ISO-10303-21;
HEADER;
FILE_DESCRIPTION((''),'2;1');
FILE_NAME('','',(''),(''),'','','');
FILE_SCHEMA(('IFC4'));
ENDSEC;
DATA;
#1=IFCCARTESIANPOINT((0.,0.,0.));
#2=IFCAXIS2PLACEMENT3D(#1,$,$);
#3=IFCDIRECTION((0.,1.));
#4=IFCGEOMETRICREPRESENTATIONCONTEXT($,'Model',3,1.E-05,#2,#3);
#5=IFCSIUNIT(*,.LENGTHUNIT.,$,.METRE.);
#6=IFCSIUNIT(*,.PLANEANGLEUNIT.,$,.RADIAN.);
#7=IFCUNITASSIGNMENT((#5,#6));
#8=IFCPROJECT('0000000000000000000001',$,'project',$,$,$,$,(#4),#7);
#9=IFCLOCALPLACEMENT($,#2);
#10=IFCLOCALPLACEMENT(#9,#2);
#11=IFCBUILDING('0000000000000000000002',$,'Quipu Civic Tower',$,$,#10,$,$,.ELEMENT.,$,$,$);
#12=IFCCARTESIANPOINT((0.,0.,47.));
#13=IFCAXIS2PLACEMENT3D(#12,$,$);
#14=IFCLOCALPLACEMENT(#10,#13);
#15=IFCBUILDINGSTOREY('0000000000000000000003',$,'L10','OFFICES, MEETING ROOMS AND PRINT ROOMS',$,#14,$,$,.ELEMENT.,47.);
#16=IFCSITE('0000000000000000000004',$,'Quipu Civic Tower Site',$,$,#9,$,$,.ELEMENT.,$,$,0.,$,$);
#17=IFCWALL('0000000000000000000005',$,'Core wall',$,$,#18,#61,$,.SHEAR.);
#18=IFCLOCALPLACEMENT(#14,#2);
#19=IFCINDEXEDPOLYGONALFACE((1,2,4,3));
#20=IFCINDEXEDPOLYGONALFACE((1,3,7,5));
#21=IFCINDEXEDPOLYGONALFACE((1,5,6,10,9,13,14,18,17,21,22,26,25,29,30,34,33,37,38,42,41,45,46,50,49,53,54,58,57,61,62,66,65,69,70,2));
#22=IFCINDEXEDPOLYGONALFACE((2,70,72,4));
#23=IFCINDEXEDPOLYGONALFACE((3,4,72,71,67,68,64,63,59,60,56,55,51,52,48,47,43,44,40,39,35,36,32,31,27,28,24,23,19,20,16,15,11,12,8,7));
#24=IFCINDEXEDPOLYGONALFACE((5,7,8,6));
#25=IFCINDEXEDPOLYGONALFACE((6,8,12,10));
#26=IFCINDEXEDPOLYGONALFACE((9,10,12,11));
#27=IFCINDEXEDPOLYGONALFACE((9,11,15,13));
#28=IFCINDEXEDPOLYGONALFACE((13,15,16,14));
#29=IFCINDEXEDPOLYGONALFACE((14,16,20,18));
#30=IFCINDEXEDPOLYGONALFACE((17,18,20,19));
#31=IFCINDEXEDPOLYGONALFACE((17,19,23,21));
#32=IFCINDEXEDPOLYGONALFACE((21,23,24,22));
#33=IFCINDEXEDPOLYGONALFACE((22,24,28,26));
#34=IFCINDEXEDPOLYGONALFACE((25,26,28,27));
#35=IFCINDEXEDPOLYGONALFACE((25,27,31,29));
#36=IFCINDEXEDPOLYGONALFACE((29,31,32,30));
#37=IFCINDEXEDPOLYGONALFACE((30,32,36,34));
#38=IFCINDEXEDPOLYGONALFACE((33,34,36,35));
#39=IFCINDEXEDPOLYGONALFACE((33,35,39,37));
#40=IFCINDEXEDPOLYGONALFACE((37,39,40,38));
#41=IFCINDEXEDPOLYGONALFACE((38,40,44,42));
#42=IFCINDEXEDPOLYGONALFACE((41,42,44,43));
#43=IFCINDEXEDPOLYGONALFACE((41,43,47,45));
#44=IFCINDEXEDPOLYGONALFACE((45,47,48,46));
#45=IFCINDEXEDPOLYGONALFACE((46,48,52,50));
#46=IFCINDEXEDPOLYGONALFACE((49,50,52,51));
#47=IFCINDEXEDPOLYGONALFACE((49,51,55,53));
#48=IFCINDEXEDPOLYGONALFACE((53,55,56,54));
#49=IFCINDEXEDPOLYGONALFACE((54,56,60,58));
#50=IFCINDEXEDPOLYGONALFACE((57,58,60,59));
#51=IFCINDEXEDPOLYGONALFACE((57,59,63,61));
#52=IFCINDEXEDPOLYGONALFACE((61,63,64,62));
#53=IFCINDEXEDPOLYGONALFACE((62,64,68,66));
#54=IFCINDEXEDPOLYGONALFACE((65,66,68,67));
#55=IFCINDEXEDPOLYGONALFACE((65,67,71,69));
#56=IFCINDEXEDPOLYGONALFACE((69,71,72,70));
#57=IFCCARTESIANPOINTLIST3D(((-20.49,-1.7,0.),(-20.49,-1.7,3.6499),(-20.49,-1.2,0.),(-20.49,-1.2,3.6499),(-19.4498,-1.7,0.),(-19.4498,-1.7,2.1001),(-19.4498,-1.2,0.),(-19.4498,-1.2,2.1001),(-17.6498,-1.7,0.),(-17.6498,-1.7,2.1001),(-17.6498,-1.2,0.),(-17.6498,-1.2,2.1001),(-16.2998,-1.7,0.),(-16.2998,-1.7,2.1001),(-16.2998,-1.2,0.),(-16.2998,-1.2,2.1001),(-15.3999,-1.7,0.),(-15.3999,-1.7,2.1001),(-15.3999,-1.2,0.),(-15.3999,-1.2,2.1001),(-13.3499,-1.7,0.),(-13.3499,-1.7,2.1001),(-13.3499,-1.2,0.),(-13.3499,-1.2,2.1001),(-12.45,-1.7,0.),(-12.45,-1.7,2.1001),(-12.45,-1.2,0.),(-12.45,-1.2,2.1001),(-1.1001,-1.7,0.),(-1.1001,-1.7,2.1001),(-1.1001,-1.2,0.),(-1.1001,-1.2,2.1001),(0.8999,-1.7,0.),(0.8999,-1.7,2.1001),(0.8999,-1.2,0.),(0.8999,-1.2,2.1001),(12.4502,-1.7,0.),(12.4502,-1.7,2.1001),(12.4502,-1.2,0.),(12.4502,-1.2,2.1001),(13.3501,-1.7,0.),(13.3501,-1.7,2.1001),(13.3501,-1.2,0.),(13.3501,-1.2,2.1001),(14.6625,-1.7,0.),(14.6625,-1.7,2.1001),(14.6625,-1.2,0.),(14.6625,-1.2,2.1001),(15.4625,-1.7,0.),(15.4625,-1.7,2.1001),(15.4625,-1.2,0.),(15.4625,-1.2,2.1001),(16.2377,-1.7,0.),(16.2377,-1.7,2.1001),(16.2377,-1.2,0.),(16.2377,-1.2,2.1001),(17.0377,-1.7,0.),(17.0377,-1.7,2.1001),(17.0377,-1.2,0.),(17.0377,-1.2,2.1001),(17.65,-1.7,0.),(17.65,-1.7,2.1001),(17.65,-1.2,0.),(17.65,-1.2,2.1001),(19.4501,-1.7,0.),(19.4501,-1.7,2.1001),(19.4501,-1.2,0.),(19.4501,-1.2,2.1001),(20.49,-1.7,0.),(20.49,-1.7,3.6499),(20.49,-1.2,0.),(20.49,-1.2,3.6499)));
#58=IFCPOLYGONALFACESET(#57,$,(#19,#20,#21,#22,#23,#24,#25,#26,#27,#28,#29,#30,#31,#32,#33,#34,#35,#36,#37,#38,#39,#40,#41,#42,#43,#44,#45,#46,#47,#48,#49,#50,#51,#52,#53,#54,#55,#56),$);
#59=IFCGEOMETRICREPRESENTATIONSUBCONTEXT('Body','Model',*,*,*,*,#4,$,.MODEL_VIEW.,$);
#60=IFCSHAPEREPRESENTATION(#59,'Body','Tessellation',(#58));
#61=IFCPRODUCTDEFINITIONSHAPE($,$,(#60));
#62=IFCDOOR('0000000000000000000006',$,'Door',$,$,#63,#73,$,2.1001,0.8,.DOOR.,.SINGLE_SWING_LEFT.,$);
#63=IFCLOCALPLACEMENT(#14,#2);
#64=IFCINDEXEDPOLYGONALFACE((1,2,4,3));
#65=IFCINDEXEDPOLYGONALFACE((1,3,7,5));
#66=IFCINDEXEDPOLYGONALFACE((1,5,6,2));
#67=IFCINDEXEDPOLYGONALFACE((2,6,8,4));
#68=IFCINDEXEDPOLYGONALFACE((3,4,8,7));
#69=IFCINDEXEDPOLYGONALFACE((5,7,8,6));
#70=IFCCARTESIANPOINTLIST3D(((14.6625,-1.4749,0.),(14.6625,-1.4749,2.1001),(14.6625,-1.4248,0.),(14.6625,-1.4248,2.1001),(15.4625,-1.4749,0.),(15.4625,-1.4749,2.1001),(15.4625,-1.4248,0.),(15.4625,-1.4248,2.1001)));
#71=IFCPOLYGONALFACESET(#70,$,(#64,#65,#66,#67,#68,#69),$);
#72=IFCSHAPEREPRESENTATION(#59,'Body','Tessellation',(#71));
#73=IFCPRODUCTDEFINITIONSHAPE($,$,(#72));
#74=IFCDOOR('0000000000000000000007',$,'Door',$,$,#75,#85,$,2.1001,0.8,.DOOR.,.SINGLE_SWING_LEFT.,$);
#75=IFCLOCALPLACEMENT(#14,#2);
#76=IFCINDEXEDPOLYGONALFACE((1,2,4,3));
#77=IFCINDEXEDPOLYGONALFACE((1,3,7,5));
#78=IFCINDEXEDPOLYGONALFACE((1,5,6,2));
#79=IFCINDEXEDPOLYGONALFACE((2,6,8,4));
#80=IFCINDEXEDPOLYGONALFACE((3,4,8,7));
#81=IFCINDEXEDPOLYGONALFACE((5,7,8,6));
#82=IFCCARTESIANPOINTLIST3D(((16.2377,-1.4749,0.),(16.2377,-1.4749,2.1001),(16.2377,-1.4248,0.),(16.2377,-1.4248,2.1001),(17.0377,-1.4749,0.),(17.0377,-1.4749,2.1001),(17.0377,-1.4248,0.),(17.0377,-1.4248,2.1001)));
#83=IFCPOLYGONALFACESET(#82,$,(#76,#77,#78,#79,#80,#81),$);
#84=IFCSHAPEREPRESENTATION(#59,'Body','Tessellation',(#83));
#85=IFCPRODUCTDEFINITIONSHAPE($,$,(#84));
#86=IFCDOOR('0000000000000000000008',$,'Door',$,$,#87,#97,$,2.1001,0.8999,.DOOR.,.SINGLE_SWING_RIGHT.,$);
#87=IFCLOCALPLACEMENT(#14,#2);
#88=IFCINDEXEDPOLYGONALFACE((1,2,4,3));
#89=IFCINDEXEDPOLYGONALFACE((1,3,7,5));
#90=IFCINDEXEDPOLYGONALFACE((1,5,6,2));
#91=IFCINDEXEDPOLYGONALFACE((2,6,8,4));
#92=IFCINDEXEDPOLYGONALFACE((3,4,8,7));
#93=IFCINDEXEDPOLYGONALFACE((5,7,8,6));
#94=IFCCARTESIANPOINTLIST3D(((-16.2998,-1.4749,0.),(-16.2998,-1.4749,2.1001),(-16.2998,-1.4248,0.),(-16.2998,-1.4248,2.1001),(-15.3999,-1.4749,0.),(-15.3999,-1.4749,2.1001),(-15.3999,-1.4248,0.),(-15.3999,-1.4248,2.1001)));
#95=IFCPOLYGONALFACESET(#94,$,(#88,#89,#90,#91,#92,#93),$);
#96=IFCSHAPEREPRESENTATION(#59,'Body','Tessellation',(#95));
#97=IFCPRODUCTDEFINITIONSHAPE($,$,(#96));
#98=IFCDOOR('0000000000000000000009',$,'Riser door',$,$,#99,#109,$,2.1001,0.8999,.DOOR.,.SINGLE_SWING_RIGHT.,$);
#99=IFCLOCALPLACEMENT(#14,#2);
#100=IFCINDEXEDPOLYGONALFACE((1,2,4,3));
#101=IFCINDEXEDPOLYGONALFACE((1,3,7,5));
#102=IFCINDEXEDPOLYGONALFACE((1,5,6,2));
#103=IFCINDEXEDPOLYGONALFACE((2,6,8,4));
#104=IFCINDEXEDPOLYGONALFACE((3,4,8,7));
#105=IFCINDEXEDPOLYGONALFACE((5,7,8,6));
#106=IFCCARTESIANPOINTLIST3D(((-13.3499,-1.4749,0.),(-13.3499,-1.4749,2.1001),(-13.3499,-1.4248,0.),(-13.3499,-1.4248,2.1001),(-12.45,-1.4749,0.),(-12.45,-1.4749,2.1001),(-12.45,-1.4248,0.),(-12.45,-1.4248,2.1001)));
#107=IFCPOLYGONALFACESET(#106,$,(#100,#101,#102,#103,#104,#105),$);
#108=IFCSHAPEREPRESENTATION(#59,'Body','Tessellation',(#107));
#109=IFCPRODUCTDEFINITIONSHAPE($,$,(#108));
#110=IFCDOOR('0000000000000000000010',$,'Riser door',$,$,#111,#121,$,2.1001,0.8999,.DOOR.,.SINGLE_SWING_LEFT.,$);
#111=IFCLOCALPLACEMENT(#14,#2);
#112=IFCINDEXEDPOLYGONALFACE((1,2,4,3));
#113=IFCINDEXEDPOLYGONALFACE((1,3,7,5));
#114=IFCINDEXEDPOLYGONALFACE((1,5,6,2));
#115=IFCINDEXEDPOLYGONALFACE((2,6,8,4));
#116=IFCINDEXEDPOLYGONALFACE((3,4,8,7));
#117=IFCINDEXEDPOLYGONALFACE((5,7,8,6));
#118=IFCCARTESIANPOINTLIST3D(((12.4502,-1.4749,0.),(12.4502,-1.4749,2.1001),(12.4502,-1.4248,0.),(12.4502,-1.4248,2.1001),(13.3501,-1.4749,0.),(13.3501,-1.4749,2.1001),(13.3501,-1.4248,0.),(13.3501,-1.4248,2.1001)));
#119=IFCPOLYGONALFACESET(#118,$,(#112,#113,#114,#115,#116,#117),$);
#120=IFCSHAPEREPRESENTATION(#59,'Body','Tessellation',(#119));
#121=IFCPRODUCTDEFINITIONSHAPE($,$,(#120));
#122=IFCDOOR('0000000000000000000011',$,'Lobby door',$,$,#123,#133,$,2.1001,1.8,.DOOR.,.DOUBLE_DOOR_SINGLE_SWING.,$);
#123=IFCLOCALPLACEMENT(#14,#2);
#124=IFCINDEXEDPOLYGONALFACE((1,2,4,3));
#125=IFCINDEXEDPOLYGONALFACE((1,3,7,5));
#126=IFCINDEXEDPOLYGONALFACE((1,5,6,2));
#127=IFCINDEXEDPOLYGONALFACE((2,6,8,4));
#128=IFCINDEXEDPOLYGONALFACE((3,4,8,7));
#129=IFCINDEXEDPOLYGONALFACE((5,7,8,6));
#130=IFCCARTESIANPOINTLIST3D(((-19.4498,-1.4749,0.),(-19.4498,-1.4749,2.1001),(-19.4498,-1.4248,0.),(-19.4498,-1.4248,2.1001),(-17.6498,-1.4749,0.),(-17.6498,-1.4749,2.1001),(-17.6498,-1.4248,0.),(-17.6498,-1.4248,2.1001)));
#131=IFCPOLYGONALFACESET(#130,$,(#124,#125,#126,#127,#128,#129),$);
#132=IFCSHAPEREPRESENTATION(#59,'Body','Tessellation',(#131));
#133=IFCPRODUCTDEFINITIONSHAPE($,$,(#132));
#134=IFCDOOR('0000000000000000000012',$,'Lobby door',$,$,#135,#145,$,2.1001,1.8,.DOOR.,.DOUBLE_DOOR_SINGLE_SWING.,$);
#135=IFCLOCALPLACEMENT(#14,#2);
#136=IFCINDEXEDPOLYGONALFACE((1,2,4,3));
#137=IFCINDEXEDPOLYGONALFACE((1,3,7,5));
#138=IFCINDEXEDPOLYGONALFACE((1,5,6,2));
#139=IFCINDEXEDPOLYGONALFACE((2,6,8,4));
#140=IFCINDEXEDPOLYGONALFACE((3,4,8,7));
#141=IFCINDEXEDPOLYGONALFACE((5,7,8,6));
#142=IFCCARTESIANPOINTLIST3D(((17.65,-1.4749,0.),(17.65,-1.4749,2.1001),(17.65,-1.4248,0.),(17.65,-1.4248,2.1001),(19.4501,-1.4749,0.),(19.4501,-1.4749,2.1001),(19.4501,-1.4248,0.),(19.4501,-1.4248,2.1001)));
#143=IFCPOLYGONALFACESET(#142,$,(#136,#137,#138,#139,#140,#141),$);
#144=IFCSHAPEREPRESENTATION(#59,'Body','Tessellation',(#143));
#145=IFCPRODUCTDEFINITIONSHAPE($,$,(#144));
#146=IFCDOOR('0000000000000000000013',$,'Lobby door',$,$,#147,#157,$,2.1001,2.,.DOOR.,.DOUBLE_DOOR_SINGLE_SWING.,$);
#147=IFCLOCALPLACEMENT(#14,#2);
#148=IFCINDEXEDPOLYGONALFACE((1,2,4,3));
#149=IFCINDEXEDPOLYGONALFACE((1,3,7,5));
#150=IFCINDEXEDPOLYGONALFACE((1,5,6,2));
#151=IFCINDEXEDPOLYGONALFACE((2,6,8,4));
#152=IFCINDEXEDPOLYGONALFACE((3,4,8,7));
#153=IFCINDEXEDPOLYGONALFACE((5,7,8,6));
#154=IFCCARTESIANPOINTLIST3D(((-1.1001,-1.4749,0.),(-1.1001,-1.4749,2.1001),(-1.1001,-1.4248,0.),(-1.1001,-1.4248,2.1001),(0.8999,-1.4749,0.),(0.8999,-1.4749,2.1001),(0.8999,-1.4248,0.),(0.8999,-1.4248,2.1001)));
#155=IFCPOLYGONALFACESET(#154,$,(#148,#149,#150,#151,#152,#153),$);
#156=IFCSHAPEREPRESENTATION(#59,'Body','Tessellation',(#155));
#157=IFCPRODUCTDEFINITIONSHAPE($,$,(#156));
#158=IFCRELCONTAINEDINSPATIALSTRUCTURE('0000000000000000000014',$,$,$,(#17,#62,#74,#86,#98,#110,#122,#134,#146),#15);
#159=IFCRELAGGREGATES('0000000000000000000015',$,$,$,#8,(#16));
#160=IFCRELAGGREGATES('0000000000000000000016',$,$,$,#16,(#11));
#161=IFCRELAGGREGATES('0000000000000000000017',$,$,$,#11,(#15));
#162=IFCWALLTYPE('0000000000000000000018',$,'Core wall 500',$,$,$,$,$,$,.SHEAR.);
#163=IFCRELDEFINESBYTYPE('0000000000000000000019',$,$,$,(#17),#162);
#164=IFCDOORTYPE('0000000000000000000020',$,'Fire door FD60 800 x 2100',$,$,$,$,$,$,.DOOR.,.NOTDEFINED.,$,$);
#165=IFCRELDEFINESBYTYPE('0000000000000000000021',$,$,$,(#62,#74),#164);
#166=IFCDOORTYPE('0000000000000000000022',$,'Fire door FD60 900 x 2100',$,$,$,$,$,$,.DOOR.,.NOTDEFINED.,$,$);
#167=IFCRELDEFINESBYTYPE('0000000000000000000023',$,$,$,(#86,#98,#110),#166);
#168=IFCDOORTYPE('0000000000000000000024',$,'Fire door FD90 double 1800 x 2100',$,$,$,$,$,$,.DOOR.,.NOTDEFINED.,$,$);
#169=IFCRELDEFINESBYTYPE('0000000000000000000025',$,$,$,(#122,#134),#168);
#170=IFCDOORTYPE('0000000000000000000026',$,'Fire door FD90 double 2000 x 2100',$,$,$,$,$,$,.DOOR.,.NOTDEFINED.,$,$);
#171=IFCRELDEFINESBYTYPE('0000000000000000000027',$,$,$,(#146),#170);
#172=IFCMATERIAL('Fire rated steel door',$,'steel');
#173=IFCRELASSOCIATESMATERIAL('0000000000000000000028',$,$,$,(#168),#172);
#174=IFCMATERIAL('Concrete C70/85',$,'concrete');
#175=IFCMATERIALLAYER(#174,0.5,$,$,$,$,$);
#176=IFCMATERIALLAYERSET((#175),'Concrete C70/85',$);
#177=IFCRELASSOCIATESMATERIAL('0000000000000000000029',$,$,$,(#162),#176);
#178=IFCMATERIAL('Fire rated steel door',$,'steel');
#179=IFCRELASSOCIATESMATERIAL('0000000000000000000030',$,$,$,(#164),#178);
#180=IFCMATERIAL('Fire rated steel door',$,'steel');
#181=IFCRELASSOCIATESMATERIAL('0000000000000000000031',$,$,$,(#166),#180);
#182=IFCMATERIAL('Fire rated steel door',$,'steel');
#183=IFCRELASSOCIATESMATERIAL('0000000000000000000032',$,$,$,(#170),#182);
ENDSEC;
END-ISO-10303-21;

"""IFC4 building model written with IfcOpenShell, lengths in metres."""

from ifc_helpers import new_model, si_unit, direction, frame, frame_2d, origin, place, context, subcontext, project, spatial, rectangle, extrude, material, layer, layer_set, type_object, element, fill, save


model = new_model("IFC4")

# Units and contexts
model_context = context("Model", 3, precision=1e-05, world=origin(), true_north=direction((0.0, 1.0)))
body_context = subcontext(model_context, "Body", "Model", "MODEL_VIEW")
ifc_project = project(units=[si_unit("LENGTHUNIT", "METRE"), si_unit("PLANEANGLEUNIT", "RADIAN")], contexts=[model_context])

# Site, building, storey
site_placement = place(None, origin())
site = spatial("IfcSite", under=ifc_project, at=site_placement, Name="Quipu Civic Tower Site", CompositionType="ELEMENT", RefElevation=0.0)
building_placement = place(site_placement, origin())
building = spatial("IfcBuilding", under=site, at=building_placement, Name="Quipu Civic Tower", CompositionType="ELEMENT")
storey_placement = place(building_placement, frame((0.0, 0.0, 47.0)))
storey = spatial("IfcBuildingStorey", under=building, at=storey_placement, Name="L10", Description="OFFICES, MEETING ROOMS AND PRINT ROOMS", CompositionType="ELEMENT", Elevation=47.0)

# Shared definitions
ifc_material_1 = material(Name="Fire rated steel door", Category="steel")
door_type_1 = type_object("IfcDoorType", Name="Fire door FD90 double 1800 x 2100", OperationType="NOTDEFINED", PredefinedType="DOOR", material=ifc_material_1)

# Wall, openings, doors
ifc_material_2 = material(Name="Concrete C70/85", Category="concrete")
ifc_layer_1 = layer(ifc_material_2, 0.5)
ifc_layer_set_1 = layer_set([ifc_layer_1], Name="Concrete C70/85")
wall_type_1 = type_object("IfcWallType", Name="Core wall 500", PredefinedType="SHEAR", material=ifc_layer_set_1)
wall_1_placement = place(storey_placement, frame((20.49, -1.45, 0.0), z_axis=(0.0, 0.0, 1.0), x_axis=(-1.0, 0.0, 0.0)))
wall_1 = element("IfcWall", 1, at=wall_1_placement, inside=storey, type_object=wall_type_1, Name="Core wall", PredefinedType="SHEAR", context=body_context, shape_type="SweptSolid", body=[
    extrude(rectangle(XDim=40.98, YDim=0.5, at=frame_2d((20.49, 0.0))), origin(), (0.0, 0.0, 1.0), 3.6499),
])
opening_1_placement = place(wall_1_placement, frame((38.1399, 0.0, 0.0)))
opening_1 = element("IfcOpeningElement", 2, at=opening_1_placement, cuts=wall_1, PredefinedType="OPENING", context=body_context, shape_type="SweptSolid", body=[
    extrude(rectangle(XDim=1.8, YDim=2.1001, at=frame_2d((0.8999, 1.05))), frame((0.0, 0.26, 0.0), z_axis=(0.0, -1.0, 0.0), x_axis=(1.0, 0.0, 0.0)), (0.0, 0.0, 1.0), 0.52),
])
opening_2_placement = place(wall_1_placement, frame((35.8899, 0.0, 0.0)))
opening_2 = element("IfcOpeningElement", 3, at=opening_2_placement, cuts=wall_1, PredefinedType="OPENING", context=body_context, shape_type="SweptSolid", body=[
    extrude(rectangle(XDim=0.8999, YDim=2.1001, at=frame_2d((0.45, 1.05))), frame((0.0, 0.26, 0.0), z_axis=(0.0, -1.0, 0.0), x_axis=(1.0, 0.0, 0.0)), (0.0, 0.0, 1.0), 0.52),
])
opening_3_placement = place(wall_1_placement, frame((32.9399, 0.0, 0.0)))
opening_3 = element("IfcOpeningElement", 4, at=opening_3_placement, cuts=wall_1, PredefinedType="OPENING", context=body_context, shape_type="SweptSolid", body=[
    extrude(rectangle(XDim=0.8999, YDim=2.1001, at=frame_2d((0.45, 1.05))), frame((0.0, 0.26, 0.0), z_axis=(0.0, -1.0, 0.0), x_axis=(1.0, 0.0, 0.0)), (0.0, 0.0, 1.0), 0.52),
])
opening_4_placement = place(wall_1_placement, frame((19.5901, 0.0, 0.0)))
opening_4 = element("IfcOpeningElement", 5, at=opening_4_placement, cuts=wall_1, PredefinedType="OPENING", context=body_context, shape_type="SweptSolid", body=[
    extrude(rectangle(XDim=2.0, YDim=2.1001, at=frame_2d((1.0, 1.05))), frame((0.0, 0.26, 0.0), z_axis=(0.0, -1.0, 0.0), x_axis=(1.0, 0.0, 0.0)), (0.0, 0.0, 1.0), 0.52),
])
opening_5_placement = place(wall_1_placement, frame((7.1399, 0.0, 0.0)))
opening_5 = element("IfcOpeningElement", 6, at=opening_5_placement, cuts=wall_1, PredefinedType="OPENING", context=body_context, shape_type="SweptSolid", body=[
    extrude(rectangle(XDim=0.8999, YDim=2.1001, at=frame_2d((0.45, 1.05))), frame((0.0, 0.26, 0.0), z_axis=(0.0, -1.0, 0.0), x_axis=(1.0, 0.0, 0.0)), (0.0, 0.0, 1.0), 0.52),
])
opening_6_placement = place(wall_1_placement, frame((5.0276, 0.0, 0.0)))
opening_6 = element("IfcOpeningElement", 7, at=opening_6_placement, cuts=wall_1, PredefinedType="OPENING", context=body_context, shape_type="SweptSolid", body=[
    extrude(rectangle(XDim=0.8, YDim=2.1001, at=frame_2d((0.3999, 1.05))), frame((0.0, 0.26, 0.0), z_axis=(0.0, -1.0, 0.0), x_axis=(1.0, 0.0, 0.0)), (0.0, 0.0, 1.0), 0.52),
])
opening_7_placement = place(wall_1_placement, frame((3.4524, 0.0, 0.0)))
opening_7 = element("IfcOpeningElement", 8, at=opening_7_placement, cuts=wall_1, PredefinedType="OPENING", context=body_context, shape_type="SweptSolid", body=[
    extrude(rectangle(XDim=0.8, YDim=2.1001, at=frame_2d((0.3999, 1.05))), frame((0.0, 0.26, 0.0), z_axis=(0.0, -1.0, 0.0), x_axis=(1.0, 0.0, 0.0)), (0.0, 0.0, 1.0), 0.52),
])
opening_8_placement = place(wall_1_placement, frame((1.04, 0.0, 0.0)))
opening_8 = element("IfcOpeningElement", 9, at=opening_8_placement, cuts=wall_1, PredefinedType="OPENING", context=body_context, shape_type="SweptSolid", body=[
    extrude(rectangle(XDim=1.8, YDim=2.1001, at=frame_2d((0.8999, 1.05))), frame((0.0, 0.26, 0.0), z_axis=(0.0, -1.0, 0.0), x_axis=(1.0, 0.0, 0.0)), (0.0, 0.0, 1.0), 0.52),
])
ifc_material_3 = material(Name="Fire rated steel door", Category="steel")
door_type_2 = type_object("IfcDoorType", Name="Fire door FD60 800 x 2100", OperationType="NOTDEFINED", PredefinedType="DOOR", material=ifc_material_3)
door_1_placement = place(opening_6_placement, origin())
door_1 = element("IfcDoor", 10, at=door_1_placement, inside=storey, type_object=door_type_2, Name="Door", OperationType="SINGLE_SWING_LEFT", OverallHeight=2.1001, OverallWidth=0.8, PredefinedType="DOOR", context=body_context, shape_type="SweptSolid", body=[
    extrude(rectangle(XDim=0.8, YDim=2.1001, at=frame_2d((0.3999, 1.05))), frame((0.0, 0.0249, 0.0), z_axis=(0.0, -1.0, 0.0), x_axis=(1.0, 0.0, 0.0)), (0.0, 0.0, 1.0), 0.05),
])
fill(opening_6, door_1)
door_2_placement = place(opening_7_placement, origin())
door_2 = element("IfcDoor", 11, at=door_2_placement, inside=storey, type_object=door_type_2, Name="Door", OperationType="SINGLE_SWING_LEFT", OverallHeight=2.1001, OverallWidth=0.8, PredefinedType="DOOR", context=body_context, shape_type="SweptSolid", body=[
    extrude(rectangle(XDim=0.8, YDim=2.1001, at=frame_2d((0.3999, 1.05))), frame((0.0, 0.0249, 0.0), z_axis=(0.0, -1.0, 0.0), x_axis=(1.0, 0.0, 0.0)), (0.0, 0.0, 1.0), 0.05),
])
fill(opening_7, door_2)
ifc_material_4 = material(Name="Fire rated steel door", Category="steel")
door_type_3 = type_object("IfcDoorType", Name="Fire door FD60 900 x 2100", OperationType="NOTDEFINED", PredefinedType="DOOR", material=ifc_material_4)
door_3_placement = place(opening_2_placement, origin())
door_3 = element("IfcDoor", 12, at=door_3_placement, inside=storey, type_object=door_type_3, Name="Door", OperationType="SINGLE_SWING_RIGHT", OverallHeight=2.1001, OverallWidth=0.8999, PredefinedType="DOOR", context=body_context, shape_type="SweptSolid", body=[
    extrude(rectangle(XDim=0.8999, YDim=2.1001, at=frame_2d((0.45, 1.05))), frame((0.0, 0.0249, 0.0), z_axis=(0.0, -1.0, 0.0), x_axis=(1.0, 0.0, 0.0)), (0.0, 0.0, 1.0), 0.05),
])
fill(opening_2, door_3)
door_4_placement = place(opening_3_placement, origin())
door_4 = element("IfcDoor", 13, at=door_4_placement, inside=storey, type_object=door_type_3, Name="Riser door", OperationType="SINGLE_SWING_RIGHT", OverallHeight=2.1001, OverallWidth=0.8999, PredefinedType="DOOR", context=body_context, shape_type="SweptSolid", body=[
    extrude(rectangle(XDim=0.8999, YDim=2.1001, at=frame_2d((0.45, 1.05))), frame((0.0, 0.0249, 0.0), z_axis=(0.0, -1.0, 0.0), x_axis=(1.0, 0.0, 0.0)), (0.0, 0.0, 1.0), 0.05),
])
fill(opening_3, door_4)
door_5_placement = place(opening_5_placement, origin())
door_5 = element("IfcDoor", 14, at=door_5_placement, inside=storey, type_object=door_type_3, Name="Riser door", OperationType="SINGLE_SWING_LEFT", OverallHeight=2.1001, OverallWidth=0.8999, PredefinedType="DOOR", context=body_context, shape_type="SweptSolid", body=[
    extrude(rectangle(XDim=0.8999, YDim=2.1001, at=frame_2d((0.45, 1.05))), frame((0.0, 0.0249, 0.0), z_axis=(0.0, -1.0, 0.0), x_axis=(1.0, 0.0, 0.0)), (0.0, 0.0, 1.0), 0.05),
])
fill(opening_5, door_5)
door_6_placement = place(opening_1_placement, origin())
door_6 = element("IfcDoor", 15, at=door_6_placement, inside=storey, type_object=door_type_1, Name="Lobby door", OperationType="DOUBLE_DOOR_SINGLE_SWING", OverallHeight=2.1001, OverallWidth=1.8, PredefinedType="DOOR", context=body_context, shape_type="SweptSolid", body=[
    extrude(rectangle(XDim=1.8, YDim=2.1001, at=frame_2d((0.8999, 1.05))), frame((0.0, 0.0249, 0.0), z_axis=(0.0, -1.0, 0.0), x_axis=(1.0, 0.0, 0.0)), (0.0, 0.0, 1.0), 0.05),
])
fill(opening_1, door_6)
door_7_placement = place(opening_8_placement, origin())
door_7 = element("IfcDoor", 16, at=door_7_placement, inside=storey, type_object=door_type_1, Name="Lobby door", OperationType="DOUBLE_DOOR_SINGLE_SWING", OverallHeight=2.1001, OverallWidth=1.8, PredefinedType="DOOR", context=body_context, shape_type="SweptSolid", body=[
    extrude(rectangle(XDim=1.8, YDim=2.1001, at=frame_2d((0.8999, 1.05))), frame((0.0, 0.0249, 0.0), z_axis=(0.0, -1.0, 0.0), x_axis=(1.0, 0.0, 0.0)), (0.0, 0.0, 1.0), 0.05),
])
fill(opening_8, door_7)
ifc_material_5 = material(Name="Fire rated steel door", Category="steel")
door_type_4 = type_object("IfcDoorType", Name="Fire door FD90 double 2000 x 2100", OperationType="NOTDEFINED", PredefinedType="DOOR", material=ifc_material_5)
door_8_placement = place(opening_4_placement, origin())
door_8 = element("IfcDoor", 17, at=door_8_placement, inside=storey, type_object=door_type_4, Name="Lobby door", OperationType="DOUBLE_DOOR_SINGLE_SWING", OverallHeight=2.1001, OverallWidth=2.0, PredefinedType="DOOR", context=body_context, shape_type="SweptSolid", body=[
    extrude(rectangle(XDim=2.0, YDim=2.1001, at=frame_2d((1.0, 1.05))), frame((0.0, 0.0249, 0.0), z_axis=(0.0, -1.0, 0.0), x_axis=(1.0, 0.0, 0.0)), (0.0, 0.0, 1.0), 0.05),
])
fill(opening_4, door_8)

save(model, "model.ifc")
